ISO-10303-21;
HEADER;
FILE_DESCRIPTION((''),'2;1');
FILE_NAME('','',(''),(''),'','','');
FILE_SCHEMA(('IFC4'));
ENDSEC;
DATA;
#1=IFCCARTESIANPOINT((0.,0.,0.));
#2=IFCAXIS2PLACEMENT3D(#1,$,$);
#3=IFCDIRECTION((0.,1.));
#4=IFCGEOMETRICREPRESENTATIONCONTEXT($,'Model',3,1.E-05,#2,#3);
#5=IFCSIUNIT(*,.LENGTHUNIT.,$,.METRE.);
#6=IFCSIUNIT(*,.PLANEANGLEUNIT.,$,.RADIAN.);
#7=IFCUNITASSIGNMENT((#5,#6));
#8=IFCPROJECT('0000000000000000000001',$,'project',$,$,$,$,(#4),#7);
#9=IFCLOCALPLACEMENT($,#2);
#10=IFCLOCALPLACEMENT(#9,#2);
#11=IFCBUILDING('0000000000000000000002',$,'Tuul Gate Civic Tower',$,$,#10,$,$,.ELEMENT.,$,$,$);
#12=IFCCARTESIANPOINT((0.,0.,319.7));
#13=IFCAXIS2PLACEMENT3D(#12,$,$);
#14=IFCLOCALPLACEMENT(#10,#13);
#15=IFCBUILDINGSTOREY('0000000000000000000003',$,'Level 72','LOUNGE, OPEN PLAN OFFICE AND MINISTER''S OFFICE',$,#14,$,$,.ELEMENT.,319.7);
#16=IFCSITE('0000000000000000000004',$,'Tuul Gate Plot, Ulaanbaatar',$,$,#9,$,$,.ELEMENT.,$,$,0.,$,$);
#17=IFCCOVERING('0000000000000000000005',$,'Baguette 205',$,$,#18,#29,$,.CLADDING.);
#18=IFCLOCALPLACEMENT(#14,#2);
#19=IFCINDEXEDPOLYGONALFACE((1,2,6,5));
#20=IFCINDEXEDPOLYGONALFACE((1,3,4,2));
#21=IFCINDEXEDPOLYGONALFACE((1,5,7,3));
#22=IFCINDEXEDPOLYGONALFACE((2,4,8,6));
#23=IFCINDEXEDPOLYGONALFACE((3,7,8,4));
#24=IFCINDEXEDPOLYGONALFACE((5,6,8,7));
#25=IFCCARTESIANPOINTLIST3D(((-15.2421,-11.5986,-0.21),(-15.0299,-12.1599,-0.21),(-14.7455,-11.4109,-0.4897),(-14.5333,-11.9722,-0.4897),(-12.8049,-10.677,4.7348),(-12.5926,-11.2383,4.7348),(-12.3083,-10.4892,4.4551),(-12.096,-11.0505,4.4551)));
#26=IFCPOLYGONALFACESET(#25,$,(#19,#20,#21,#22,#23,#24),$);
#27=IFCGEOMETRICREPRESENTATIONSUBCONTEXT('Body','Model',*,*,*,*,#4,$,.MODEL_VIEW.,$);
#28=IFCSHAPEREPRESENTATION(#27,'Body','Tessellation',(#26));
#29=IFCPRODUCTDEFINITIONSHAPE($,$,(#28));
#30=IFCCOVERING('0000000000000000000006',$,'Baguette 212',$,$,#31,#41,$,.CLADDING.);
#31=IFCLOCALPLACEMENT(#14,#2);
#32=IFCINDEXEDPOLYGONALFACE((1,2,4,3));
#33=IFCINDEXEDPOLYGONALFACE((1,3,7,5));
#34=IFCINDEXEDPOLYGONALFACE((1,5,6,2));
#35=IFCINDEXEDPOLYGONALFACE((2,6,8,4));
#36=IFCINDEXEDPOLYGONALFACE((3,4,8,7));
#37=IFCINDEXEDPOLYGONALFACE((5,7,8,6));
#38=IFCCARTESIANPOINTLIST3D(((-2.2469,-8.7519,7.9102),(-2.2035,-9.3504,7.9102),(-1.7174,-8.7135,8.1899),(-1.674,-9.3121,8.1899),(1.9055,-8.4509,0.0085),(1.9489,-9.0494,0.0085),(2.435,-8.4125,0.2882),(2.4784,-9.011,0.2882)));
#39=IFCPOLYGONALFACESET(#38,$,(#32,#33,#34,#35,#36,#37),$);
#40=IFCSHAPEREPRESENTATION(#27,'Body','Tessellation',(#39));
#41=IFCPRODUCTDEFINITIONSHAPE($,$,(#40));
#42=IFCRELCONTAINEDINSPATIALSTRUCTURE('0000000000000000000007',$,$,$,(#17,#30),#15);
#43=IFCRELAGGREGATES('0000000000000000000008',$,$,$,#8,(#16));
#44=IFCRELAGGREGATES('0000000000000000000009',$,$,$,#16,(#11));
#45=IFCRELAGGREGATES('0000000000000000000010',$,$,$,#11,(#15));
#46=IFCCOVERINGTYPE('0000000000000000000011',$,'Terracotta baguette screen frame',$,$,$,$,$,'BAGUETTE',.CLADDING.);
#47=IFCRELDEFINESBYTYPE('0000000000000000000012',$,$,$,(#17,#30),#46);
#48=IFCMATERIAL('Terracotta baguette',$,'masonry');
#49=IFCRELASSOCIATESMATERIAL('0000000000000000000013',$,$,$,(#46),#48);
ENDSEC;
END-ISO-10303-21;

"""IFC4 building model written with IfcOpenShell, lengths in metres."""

from ifc_helpers import new_model, si_unit, direction, frame, origin, origin_2d, place, context, subcontext, project, spatial, rectangle, extrude, material, material_profile, profile_set, type_object, element, save


model = new_model("IFC4")

# Units and contexts
model_context = context("Model", 3, precision=1e-05, world=origin(), true_north=direction((0.0, 1.0)))
body_context = subcontext(model_context, "Body", "Model", "MODEL_VIEW")
ifc_project = project(units=[si_unit("LENGTHUNIT", "METRE"), si_unit("PLANEANGLEUNIT", "RADIAN")], contexts=[model_context])

# Site, building, storey
site_placement = place(None, origin())
site = spatial("IfcSite", under=ifc_project, at=site_placement, Name="Tuul Gate Plot, Ulaanbaatar", CompositionType="ELEMENT", RefElevation=0.0)
building_placement = place(site_placement, origin())
building = spatial("IfcBuilding", under=site, at=building_placement, Name="Tuul Gate Civic Tower", CompositionType="ELEMENT")
storey_placement = place(building_placement, frame((0.0, 0.0, 319.7)))
storey = spatial("IfcBuildingStorey", under=building, at=storey_placement, Name="Level 72", Description="LOUNGE, OPEN PLAN OFFICE AND MINISTER'S OFFICE", CompositionType="ELEMENT", Elevation=319.7)

# Coverings
ifc_material_1 = material(Name="Terracotta baguette", Category="masonry")
ifc_material_profile_1 = material_profile(ifc_material_1, rectangle(XDim=0.6001, YDim=0.6001, at=origin_2d()), Name="Terracotta baguette screen frame")
ifc_profile_set_1 = profile_set([ifc_material_profile_1], Name="Terracotta baguette")
covering_type = type_object("IfcCoveringType", Name="Terracotta baguette screen frame", ElementType="BAGUETTE", PredefinedType="CLADDING", material=ifc_profile_set_1)
covering_1_placement = place(storey_placement, frame((-12.4504, -10.8638, 4.595), z_axis=(-0.436053, -0.16489, -0.884686), x_axis=(0.353699, -0.935359, 0.0)))
element("IfcCovering", 1, at=covering_1_placement, inside=storey, type_object=covering_type, Name="Baguette 205", PredefinedType="CLADDING", context=body_context, shape_type="SweptSolid", body=[
    extrude(rectangle(XDim=0.6001, YDim=0.6001, at=origin_2d()), origin(), (0.0, 0.0, 1.0), 5.5894),
])
covering_2_placement = place(storey_placement, frame((-1.9604, -9.032, 8.05), z_axis=(0.464921, 0.033705, -0.884711), x_axis=(-0.072306, 0.997383, 0.0)))
element("IfcCovering", 2, at=covering_2_placement, inside=storey, type_object=covering_type, Name="Baguette 212", PredefinedType="CLADDING", context=body_context, shape_type="SweptSolid", body=[
    extrude(rectangle(XDim=0.6001, YDim=0.6001, at=origin_2d()), origin(), (0.0, 0.0, 1.0), 8.9314),
])

save(model, "model.ifc")
